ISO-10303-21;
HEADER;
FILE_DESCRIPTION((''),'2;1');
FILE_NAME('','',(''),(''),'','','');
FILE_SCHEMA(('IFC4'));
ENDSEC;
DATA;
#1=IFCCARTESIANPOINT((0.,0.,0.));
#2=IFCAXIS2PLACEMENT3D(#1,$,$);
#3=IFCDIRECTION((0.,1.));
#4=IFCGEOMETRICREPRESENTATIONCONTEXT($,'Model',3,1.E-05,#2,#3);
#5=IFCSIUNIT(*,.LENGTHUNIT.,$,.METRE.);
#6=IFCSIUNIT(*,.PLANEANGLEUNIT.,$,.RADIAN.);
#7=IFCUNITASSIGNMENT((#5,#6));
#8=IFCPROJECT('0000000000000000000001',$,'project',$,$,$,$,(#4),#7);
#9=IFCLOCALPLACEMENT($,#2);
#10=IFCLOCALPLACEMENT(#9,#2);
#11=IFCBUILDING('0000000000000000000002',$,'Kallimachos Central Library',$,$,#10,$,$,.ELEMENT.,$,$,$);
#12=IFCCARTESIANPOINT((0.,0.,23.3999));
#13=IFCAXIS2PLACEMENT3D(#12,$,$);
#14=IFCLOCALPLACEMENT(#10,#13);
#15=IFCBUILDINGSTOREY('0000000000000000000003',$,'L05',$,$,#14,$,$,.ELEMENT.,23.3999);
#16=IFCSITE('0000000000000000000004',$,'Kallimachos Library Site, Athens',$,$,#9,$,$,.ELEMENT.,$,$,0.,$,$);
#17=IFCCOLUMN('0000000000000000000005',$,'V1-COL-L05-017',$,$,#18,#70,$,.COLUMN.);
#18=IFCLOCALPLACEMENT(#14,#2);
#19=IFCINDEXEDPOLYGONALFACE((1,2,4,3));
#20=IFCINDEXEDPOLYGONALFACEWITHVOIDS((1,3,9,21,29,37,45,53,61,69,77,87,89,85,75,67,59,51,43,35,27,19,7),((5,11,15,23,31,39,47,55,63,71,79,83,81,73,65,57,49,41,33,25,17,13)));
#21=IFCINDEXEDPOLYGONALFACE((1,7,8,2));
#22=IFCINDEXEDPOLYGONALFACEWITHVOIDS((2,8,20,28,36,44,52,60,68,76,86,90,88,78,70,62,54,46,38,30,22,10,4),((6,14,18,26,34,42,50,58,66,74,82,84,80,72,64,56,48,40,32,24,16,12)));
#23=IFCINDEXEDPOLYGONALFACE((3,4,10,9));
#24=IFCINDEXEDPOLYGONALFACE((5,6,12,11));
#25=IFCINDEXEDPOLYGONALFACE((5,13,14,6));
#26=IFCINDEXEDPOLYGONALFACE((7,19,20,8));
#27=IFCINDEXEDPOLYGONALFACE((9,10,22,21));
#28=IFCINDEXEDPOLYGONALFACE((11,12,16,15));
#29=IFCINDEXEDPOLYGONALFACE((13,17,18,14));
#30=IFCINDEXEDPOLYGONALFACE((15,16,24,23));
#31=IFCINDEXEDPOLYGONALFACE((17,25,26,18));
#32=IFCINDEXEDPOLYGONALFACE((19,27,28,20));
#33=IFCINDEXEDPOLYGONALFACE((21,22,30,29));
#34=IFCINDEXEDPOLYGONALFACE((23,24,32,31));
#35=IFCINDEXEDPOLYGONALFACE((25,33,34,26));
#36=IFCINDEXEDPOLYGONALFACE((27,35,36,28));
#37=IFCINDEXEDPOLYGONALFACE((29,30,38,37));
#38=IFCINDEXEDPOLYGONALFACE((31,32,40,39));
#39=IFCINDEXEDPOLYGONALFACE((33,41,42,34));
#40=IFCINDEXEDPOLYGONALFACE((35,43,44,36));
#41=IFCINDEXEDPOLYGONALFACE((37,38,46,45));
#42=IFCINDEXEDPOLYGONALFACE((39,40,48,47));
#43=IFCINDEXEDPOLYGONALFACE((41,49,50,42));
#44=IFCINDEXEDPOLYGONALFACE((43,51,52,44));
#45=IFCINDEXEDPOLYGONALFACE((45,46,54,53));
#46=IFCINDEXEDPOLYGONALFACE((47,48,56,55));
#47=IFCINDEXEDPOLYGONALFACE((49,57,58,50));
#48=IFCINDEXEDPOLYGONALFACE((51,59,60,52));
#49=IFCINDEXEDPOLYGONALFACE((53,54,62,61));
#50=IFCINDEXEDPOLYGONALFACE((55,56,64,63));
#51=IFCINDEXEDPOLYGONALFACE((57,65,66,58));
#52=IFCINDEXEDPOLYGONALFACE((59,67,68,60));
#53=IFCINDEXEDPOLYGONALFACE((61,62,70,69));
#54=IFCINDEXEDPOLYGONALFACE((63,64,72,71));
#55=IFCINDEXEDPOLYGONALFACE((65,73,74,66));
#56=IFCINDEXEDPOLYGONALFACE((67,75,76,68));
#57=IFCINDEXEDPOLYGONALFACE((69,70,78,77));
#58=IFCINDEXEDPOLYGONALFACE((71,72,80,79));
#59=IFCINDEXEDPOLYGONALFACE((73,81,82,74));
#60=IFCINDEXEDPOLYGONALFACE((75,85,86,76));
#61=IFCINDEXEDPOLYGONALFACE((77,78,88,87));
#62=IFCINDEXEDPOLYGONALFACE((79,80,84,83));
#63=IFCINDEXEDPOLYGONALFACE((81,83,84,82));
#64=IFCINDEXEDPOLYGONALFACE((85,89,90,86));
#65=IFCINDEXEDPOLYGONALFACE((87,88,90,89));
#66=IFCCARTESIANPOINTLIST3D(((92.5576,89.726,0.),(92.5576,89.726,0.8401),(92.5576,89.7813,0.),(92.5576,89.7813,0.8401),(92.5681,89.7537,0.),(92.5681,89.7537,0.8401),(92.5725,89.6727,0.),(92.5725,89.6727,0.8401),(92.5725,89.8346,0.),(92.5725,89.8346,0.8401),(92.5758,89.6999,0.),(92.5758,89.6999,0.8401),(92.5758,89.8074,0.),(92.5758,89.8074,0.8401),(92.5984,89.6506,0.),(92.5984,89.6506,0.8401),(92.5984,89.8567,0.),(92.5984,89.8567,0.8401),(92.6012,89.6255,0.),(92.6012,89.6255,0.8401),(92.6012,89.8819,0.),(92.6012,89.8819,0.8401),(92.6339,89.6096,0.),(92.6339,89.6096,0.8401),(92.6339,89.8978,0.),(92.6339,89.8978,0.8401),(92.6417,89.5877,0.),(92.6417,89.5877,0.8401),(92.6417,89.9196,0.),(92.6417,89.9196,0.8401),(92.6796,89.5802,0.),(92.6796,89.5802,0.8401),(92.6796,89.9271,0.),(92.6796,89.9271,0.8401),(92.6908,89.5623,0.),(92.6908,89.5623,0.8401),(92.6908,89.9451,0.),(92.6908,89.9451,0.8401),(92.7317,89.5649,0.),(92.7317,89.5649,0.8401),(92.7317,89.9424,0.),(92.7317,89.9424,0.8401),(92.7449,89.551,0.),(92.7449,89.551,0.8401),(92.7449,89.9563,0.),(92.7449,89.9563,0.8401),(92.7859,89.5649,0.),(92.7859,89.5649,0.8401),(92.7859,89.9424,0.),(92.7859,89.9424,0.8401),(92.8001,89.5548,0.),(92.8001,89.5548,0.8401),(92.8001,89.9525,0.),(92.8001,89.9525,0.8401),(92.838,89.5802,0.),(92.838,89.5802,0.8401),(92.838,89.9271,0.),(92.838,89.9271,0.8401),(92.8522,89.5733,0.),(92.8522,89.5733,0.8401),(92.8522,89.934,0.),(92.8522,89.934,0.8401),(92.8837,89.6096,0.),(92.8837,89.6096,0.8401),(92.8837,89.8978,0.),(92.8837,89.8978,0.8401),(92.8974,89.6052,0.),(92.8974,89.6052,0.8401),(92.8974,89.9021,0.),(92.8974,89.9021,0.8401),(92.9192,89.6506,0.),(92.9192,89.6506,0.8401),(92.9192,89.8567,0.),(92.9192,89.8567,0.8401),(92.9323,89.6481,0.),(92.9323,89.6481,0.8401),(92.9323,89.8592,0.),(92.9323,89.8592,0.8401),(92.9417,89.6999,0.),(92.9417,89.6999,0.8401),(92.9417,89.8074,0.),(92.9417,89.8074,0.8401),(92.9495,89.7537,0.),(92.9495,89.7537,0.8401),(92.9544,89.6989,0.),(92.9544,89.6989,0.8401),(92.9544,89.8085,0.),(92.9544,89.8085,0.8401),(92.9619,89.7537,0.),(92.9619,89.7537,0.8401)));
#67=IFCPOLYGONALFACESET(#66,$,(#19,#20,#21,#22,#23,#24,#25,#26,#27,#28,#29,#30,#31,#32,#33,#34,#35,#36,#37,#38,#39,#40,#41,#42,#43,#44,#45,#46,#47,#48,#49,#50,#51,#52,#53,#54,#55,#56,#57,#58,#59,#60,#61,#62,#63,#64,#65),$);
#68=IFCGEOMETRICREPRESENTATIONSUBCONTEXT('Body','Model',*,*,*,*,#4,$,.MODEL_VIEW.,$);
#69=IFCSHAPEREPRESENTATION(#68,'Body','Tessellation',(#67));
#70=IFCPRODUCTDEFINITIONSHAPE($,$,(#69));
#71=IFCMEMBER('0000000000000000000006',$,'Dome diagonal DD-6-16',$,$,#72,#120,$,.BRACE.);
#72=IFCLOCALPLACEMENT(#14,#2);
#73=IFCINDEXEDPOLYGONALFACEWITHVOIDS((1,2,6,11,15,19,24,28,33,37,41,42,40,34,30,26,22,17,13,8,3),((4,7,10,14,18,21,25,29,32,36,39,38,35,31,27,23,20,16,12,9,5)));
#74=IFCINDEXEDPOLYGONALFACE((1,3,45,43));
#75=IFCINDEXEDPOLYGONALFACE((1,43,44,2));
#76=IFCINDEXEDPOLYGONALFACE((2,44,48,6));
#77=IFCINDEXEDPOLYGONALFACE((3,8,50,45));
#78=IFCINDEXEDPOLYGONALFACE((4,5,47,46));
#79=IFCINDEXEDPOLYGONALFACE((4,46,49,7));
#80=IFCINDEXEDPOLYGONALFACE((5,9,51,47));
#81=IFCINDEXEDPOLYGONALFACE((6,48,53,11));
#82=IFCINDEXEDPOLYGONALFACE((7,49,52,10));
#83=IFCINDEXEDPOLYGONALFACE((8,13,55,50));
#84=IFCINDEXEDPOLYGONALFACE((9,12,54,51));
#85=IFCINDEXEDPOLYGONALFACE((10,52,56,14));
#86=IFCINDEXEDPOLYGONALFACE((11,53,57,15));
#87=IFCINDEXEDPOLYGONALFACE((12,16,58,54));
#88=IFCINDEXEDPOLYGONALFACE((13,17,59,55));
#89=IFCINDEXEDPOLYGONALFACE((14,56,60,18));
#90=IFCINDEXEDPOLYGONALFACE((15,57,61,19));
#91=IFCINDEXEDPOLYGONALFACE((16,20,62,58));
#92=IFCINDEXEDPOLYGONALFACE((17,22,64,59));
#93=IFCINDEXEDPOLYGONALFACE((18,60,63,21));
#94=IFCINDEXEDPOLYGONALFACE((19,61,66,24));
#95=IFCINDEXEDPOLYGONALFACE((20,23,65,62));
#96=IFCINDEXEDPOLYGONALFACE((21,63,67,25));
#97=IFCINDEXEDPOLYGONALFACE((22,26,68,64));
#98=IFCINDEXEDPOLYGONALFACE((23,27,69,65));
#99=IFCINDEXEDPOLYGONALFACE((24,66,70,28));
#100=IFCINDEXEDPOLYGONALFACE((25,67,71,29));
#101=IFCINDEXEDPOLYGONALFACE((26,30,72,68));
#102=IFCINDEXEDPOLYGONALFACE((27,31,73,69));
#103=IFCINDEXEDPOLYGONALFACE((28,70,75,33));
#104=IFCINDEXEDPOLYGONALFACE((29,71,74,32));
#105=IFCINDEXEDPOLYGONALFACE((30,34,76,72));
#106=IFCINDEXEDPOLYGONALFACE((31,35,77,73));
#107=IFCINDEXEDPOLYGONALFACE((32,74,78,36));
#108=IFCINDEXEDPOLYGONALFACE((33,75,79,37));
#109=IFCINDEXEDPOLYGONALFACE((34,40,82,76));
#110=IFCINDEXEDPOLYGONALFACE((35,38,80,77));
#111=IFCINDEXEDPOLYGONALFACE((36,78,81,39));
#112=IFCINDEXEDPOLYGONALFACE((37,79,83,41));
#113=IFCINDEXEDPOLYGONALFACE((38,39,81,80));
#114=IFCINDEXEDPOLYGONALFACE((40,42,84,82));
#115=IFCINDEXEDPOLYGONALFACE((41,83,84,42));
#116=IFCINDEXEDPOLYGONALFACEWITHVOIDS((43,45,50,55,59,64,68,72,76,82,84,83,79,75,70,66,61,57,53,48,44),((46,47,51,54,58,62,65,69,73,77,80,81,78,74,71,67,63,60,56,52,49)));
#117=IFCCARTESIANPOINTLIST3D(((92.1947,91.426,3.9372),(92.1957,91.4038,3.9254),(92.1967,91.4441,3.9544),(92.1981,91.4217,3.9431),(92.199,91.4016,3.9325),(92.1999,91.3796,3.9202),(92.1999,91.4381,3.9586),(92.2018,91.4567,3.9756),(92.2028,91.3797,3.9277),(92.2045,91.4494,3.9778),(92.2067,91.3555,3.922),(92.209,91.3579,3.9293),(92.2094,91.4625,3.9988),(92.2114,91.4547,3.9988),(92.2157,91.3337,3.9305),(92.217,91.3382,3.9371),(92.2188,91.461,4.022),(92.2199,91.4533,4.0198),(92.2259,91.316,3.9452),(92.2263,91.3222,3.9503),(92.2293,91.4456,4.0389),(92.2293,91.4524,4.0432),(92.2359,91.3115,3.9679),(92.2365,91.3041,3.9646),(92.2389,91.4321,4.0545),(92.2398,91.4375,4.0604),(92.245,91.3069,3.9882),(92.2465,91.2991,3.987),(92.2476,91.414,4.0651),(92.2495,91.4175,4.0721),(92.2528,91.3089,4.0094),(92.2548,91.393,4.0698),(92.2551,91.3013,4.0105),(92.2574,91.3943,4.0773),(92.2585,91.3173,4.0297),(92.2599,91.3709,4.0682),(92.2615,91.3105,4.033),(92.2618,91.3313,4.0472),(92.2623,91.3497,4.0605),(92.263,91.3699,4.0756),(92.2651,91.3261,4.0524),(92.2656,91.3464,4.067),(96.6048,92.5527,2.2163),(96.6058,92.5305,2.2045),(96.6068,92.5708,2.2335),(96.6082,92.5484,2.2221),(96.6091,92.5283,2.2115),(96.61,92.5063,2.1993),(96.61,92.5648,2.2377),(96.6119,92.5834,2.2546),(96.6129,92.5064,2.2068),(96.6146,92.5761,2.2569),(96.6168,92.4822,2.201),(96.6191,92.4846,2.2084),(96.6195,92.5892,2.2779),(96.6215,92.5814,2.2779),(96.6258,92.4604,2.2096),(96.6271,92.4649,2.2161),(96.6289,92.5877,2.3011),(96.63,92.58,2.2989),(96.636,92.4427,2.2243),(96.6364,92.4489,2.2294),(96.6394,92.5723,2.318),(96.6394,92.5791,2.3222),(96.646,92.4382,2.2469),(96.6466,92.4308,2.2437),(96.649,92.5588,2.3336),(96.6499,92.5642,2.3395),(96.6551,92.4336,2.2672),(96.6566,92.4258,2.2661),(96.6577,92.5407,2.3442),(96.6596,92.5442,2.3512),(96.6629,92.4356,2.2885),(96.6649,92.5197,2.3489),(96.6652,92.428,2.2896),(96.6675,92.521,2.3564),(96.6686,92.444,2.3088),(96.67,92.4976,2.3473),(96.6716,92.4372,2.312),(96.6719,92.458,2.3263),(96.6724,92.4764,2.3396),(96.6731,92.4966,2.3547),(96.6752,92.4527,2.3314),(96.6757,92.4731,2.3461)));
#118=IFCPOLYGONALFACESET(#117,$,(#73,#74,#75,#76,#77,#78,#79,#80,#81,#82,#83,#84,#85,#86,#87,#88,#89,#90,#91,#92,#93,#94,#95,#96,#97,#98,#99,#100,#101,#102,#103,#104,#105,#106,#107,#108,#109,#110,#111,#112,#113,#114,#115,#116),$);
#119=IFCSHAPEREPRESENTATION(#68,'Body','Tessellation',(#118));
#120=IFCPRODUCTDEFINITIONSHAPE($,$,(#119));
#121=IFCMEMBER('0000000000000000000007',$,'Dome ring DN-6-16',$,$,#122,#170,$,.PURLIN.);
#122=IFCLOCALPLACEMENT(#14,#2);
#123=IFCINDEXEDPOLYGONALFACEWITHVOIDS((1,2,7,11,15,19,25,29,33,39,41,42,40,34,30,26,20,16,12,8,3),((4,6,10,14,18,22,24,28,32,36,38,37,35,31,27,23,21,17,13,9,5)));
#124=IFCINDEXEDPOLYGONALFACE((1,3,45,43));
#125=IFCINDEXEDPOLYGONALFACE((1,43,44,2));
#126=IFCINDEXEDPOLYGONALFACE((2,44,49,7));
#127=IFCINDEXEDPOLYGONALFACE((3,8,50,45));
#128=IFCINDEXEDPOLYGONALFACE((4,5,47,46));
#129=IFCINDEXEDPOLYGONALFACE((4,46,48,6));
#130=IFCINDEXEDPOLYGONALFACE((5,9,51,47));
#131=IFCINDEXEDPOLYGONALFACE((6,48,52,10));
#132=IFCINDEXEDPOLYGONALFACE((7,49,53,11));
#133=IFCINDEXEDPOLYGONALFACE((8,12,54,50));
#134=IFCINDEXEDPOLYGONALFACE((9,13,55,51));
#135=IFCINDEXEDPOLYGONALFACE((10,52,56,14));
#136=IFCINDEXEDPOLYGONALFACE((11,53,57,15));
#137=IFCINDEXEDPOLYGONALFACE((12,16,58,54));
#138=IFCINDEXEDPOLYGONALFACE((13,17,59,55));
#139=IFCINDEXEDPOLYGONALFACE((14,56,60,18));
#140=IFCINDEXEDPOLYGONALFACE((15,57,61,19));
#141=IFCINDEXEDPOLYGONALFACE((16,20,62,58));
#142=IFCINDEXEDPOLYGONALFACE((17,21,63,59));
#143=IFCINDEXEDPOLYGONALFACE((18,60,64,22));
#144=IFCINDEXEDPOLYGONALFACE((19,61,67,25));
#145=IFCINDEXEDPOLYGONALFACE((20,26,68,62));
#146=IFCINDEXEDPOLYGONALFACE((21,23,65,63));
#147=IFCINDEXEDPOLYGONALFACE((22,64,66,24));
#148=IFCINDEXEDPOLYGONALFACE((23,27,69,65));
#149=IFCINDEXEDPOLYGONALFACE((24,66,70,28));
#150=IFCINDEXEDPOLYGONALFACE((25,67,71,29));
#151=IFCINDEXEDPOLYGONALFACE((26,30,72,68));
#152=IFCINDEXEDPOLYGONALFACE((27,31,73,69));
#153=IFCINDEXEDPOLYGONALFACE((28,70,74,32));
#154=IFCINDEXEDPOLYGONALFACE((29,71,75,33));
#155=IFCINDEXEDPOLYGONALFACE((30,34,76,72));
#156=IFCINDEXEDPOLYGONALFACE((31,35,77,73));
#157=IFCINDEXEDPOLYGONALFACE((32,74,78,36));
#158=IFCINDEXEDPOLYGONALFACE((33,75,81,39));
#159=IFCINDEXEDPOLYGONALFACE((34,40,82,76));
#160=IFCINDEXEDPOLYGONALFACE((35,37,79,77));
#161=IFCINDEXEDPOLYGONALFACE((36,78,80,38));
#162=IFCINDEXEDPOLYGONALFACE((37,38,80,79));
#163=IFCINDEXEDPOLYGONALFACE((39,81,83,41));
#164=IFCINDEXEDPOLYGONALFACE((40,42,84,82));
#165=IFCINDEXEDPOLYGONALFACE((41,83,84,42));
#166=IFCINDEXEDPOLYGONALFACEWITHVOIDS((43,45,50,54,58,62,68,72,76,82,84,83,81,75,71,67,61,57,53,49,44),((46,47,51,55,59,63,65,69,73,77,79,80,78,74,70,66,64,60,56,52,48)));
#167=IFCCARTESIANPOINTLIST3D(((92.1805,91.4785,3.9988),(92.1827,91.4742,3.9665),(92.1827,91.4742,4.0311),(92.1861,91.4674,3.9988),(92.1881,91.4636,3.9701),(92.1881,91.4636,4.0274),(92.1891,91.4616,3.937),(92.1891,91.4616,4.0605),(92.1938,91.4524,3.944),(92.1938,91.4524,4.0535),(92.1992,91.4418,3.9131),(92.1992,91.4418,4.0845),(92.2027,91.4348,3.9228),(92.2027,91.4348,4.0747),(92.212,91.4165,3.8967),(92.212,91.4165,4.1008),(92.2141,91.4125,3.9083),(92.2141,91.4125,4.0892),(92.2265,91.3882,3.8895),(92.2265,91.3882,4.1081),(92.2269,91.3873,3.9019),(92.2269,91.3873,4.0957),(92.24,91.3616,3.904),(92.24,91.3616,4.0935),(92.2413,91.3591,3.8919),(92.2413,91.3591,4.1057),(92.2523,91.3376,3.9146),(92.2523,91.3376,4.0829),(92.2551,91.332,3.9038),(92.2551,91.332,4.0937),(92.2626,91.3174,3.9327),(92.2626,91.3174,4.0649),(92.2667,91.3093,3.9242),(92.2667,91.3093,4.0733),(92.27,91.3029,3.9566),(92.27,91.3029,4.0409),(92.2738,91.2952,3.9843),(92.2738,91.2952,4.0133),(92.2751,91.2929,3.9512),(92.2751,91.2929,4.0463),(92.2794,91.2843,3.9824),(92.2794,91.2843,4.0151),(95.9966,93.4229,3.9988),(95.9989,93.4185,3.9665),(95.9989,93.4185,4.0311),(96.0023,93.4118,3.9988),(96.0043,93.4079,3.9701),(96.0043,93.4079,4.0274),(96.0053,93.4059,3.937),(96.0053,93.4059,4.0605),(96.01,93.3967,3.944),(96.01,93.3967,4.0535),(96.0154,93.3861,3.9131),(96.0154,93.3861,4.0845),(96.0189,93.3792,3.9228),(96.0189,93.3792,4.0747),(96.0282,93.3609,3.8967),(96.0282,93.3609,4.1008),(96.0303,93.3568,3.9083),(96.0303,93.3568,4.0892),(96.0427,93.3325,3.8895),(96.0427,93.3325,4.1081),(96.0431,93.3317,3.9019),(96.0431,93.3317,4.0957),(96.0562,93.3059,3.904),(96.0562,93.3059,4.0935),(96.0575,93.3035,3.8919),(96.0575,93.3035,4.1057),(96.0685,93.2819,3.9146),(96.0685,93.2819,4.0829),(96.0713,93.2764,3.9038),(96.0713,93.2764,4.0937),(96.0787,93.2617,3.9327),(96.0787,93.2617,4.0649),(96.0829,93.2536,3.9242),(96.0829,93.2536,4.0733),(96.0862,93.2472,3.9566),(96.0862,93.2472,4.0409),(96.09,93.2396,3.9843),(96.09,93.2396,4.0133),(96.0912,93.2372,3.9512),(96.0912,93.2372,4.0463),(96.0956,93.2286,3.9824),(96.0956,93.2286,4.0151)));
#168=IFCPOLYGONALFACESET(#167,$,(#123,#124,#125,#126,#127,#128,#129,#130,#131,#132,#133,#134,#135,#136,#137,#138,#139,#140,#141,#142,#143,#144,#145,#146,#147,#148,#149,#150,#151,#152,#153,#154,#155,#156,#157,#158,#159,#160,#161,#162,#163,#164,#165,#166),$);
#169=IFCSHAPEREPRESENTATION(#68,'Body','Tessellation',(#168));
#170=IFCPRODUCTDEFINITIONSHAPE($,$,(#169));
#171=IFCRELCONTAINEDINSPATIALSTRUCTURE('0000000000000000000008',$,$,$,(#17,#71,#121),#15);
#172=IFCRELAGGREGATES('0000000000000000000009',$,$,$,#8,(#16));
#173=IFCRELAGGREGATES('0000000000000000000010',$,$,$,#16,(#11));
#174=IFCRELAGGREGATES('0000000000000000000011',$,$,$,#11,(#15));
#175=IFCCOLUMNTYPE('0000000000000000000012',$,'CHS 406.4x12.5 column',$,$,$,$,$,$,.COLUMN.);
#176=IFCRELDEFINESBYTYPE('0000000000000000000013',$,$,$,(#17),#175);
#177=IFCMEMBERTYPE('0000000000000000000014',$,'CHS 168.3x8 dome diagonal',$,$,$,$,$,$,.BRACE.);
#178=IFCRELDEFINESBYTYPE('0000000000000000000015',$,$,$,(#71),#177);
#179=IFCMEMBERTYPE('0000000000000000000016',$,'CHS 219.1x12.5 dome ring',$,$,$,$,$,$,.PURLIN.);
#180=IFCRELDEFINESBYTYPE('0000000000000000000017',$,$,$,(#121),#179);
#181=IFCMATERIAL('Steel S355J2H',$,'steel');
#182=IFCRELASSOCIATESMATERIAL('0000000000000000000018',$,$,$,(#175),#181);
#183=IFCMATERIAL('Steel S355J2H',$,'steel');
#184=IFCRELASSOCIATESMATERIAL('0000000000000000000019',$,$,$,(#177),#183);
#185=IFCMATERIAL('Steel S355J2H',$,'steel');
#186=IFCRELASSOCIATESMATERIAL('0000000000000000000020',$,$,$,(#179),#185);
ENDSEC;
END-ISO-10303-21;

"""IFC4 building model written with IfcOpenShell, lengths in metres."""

from ifc_helpers import new_model, si_unit, direction, frame, origin, origin_2d, place, context, subcontext, project, spatial, hollow_circle, extrude, material, material_profile, profile_set, type_object, element, save


model = new_model("IFC4")

# Units and contexts
model_context = context("Model", 3, precision=1e-05, world=origin(), true_north=direction((0.0, 1.0)))
body_context = subcontext(model_context, "Body", "Model", "MODEL_VIEW")
ifc_project = project(units=[si_unit("LENGTHUNIT", "METRE"), si_unit("PLANEANGLEUNIT", "RADIAN")], contexts=[model_context])

# Site, building, storey
site_placement = place(None, origin())
site = spatial("IfcSite", under=ifc_project, at=site_placement, Name="Kallimachos Library Site, Athens", CompositionType="ELEMENT", RefElevation=0.0)
building_placement = place(site_placement, origin())
building = spatial("IfcBuilding", under=site, at=building_placement, Name="Kallimachos Central Library", CompositionType="ELEMENT")
storey_placement = place(building_placement, frame((0.0, 0.0, 23.3999)))
storey = spatial("IfcBuildingStorey", under=building, at=storey_placement, Name="L05", CompositionType="ELEMENT", Elevation=23.3999)

# Column
ifc_material_1 = material(Name="Steel S355J2H", Category="steel")
ifc_material_profile_1 = material_profile(ifc_material_1, hollow_circle(Radius=0.2031, WallThickness=0.0125, at=origin_2d()), Name="CHS 406.4x12.5")
ifc_profile_set_1 = profile_set([ifc_material_profile_1], Name="Steel S355J2H")
column_type = type_object("IfcColumnType", Name="CHS 406.4x12.5 column", PredefinedType="COLUMN", material=ifc_profile_set_1)
column_placement = place(storey_placement, frame((92.7588, 89.7537, 0.0), z_axis=(0.0, 0.0, 1.0), x_axis=(1.0, 0.0, 0.0)))
element("IfcColumn", 1, at=column_placement, inside=storey, type_object=column_type, Name="V1-COL-L05-017", PredefinedType="COLUMN", context=body_context, shape_type="SweptSolid", body=[
    extrude(hollow_circle(Radius=0.2031, WallThickness=0.0125, at=origin_2d()), origin(), (0.0, 0.0, 1.0), 0.8401),
])

# Members
ifc_material_2 = material(Name="Steel S355J2H", Category="steel")
ifc_material_profile_2 = material_profile(ifc_material_2, hollow_circle(Radius=0.0842, WallThickness=0.0081, at=origin_2d()), Name="CHS 168.3x8")
ifc_profile_set_2 = profile_set([ifc_material_profile_2], Name="Steel S355J2H")
member_type_1 = type_object("IfcMemberType", Name="CHS 168.3x8 dome diagonal", PredefinedType="BRACE", material=ifc_profile_set_2)
member_1_placement = place(storey_placement, frame((92.2302, 91.3809, 3.9988), z_axis=(0.90627, 0.231534, -0.353648), x_axis=(-0.24753, 0.96888, 0.0)))
element("IfcMember", 2, at=member_1_placement, inside=storey, type_object=member_type_1, Name="Dome diagonal DD-6-16", PredefinedType="BRACE", context=body_context, shape_type="SweptSolid", body=[
    extrude(hollow_circle(Radius=0.0842, WallThickness=0.0081, at=origin_2d()), origin(), (0.0, 0.0, 1.0), 4.8662),
])
ifc_material_3 = material(Name="Steel S355J2H", Category="steel")
ifc_material_profile_3 = material_profile(ifc_material_3, hollow_circle(Radius=0.1096, WallThickness=0.0125, at=origin_2d()), Name="CHS 219.1x12.5")
ifc_profile_set_3 = profile_set([ifc_material_profile_3], Name="Steel S355J2H")
member_type_2 = type_object("IfcMemberType", Name="CHS 219.1x12.5 dome ring", PredefinedType="PURLIN", material=ifc_profile_set_3)
member_2_placement = place(storey_placement, frame((92.2302, 91.3809, 3.9988), z_axis=(0.891016, 0.453973, 0.0), x_axis=(-0.453973, 0.891016, 0.0)))
element("IfcMember", 3, at=member_2_placement, inside=storey, type_object=member_type_2, Name="Dome ring DN-6-16", PredefinedType="PURLIN", context=body_context, shape_type="SweptSolid", body=[
    extrude(hollow_circle(Radius=0.1096, WallThickness=0.0125, at=origin_2d()), origin(), (0.0, 0.0, 1.0), 4.283),
])

save(model, "model.ifc")
